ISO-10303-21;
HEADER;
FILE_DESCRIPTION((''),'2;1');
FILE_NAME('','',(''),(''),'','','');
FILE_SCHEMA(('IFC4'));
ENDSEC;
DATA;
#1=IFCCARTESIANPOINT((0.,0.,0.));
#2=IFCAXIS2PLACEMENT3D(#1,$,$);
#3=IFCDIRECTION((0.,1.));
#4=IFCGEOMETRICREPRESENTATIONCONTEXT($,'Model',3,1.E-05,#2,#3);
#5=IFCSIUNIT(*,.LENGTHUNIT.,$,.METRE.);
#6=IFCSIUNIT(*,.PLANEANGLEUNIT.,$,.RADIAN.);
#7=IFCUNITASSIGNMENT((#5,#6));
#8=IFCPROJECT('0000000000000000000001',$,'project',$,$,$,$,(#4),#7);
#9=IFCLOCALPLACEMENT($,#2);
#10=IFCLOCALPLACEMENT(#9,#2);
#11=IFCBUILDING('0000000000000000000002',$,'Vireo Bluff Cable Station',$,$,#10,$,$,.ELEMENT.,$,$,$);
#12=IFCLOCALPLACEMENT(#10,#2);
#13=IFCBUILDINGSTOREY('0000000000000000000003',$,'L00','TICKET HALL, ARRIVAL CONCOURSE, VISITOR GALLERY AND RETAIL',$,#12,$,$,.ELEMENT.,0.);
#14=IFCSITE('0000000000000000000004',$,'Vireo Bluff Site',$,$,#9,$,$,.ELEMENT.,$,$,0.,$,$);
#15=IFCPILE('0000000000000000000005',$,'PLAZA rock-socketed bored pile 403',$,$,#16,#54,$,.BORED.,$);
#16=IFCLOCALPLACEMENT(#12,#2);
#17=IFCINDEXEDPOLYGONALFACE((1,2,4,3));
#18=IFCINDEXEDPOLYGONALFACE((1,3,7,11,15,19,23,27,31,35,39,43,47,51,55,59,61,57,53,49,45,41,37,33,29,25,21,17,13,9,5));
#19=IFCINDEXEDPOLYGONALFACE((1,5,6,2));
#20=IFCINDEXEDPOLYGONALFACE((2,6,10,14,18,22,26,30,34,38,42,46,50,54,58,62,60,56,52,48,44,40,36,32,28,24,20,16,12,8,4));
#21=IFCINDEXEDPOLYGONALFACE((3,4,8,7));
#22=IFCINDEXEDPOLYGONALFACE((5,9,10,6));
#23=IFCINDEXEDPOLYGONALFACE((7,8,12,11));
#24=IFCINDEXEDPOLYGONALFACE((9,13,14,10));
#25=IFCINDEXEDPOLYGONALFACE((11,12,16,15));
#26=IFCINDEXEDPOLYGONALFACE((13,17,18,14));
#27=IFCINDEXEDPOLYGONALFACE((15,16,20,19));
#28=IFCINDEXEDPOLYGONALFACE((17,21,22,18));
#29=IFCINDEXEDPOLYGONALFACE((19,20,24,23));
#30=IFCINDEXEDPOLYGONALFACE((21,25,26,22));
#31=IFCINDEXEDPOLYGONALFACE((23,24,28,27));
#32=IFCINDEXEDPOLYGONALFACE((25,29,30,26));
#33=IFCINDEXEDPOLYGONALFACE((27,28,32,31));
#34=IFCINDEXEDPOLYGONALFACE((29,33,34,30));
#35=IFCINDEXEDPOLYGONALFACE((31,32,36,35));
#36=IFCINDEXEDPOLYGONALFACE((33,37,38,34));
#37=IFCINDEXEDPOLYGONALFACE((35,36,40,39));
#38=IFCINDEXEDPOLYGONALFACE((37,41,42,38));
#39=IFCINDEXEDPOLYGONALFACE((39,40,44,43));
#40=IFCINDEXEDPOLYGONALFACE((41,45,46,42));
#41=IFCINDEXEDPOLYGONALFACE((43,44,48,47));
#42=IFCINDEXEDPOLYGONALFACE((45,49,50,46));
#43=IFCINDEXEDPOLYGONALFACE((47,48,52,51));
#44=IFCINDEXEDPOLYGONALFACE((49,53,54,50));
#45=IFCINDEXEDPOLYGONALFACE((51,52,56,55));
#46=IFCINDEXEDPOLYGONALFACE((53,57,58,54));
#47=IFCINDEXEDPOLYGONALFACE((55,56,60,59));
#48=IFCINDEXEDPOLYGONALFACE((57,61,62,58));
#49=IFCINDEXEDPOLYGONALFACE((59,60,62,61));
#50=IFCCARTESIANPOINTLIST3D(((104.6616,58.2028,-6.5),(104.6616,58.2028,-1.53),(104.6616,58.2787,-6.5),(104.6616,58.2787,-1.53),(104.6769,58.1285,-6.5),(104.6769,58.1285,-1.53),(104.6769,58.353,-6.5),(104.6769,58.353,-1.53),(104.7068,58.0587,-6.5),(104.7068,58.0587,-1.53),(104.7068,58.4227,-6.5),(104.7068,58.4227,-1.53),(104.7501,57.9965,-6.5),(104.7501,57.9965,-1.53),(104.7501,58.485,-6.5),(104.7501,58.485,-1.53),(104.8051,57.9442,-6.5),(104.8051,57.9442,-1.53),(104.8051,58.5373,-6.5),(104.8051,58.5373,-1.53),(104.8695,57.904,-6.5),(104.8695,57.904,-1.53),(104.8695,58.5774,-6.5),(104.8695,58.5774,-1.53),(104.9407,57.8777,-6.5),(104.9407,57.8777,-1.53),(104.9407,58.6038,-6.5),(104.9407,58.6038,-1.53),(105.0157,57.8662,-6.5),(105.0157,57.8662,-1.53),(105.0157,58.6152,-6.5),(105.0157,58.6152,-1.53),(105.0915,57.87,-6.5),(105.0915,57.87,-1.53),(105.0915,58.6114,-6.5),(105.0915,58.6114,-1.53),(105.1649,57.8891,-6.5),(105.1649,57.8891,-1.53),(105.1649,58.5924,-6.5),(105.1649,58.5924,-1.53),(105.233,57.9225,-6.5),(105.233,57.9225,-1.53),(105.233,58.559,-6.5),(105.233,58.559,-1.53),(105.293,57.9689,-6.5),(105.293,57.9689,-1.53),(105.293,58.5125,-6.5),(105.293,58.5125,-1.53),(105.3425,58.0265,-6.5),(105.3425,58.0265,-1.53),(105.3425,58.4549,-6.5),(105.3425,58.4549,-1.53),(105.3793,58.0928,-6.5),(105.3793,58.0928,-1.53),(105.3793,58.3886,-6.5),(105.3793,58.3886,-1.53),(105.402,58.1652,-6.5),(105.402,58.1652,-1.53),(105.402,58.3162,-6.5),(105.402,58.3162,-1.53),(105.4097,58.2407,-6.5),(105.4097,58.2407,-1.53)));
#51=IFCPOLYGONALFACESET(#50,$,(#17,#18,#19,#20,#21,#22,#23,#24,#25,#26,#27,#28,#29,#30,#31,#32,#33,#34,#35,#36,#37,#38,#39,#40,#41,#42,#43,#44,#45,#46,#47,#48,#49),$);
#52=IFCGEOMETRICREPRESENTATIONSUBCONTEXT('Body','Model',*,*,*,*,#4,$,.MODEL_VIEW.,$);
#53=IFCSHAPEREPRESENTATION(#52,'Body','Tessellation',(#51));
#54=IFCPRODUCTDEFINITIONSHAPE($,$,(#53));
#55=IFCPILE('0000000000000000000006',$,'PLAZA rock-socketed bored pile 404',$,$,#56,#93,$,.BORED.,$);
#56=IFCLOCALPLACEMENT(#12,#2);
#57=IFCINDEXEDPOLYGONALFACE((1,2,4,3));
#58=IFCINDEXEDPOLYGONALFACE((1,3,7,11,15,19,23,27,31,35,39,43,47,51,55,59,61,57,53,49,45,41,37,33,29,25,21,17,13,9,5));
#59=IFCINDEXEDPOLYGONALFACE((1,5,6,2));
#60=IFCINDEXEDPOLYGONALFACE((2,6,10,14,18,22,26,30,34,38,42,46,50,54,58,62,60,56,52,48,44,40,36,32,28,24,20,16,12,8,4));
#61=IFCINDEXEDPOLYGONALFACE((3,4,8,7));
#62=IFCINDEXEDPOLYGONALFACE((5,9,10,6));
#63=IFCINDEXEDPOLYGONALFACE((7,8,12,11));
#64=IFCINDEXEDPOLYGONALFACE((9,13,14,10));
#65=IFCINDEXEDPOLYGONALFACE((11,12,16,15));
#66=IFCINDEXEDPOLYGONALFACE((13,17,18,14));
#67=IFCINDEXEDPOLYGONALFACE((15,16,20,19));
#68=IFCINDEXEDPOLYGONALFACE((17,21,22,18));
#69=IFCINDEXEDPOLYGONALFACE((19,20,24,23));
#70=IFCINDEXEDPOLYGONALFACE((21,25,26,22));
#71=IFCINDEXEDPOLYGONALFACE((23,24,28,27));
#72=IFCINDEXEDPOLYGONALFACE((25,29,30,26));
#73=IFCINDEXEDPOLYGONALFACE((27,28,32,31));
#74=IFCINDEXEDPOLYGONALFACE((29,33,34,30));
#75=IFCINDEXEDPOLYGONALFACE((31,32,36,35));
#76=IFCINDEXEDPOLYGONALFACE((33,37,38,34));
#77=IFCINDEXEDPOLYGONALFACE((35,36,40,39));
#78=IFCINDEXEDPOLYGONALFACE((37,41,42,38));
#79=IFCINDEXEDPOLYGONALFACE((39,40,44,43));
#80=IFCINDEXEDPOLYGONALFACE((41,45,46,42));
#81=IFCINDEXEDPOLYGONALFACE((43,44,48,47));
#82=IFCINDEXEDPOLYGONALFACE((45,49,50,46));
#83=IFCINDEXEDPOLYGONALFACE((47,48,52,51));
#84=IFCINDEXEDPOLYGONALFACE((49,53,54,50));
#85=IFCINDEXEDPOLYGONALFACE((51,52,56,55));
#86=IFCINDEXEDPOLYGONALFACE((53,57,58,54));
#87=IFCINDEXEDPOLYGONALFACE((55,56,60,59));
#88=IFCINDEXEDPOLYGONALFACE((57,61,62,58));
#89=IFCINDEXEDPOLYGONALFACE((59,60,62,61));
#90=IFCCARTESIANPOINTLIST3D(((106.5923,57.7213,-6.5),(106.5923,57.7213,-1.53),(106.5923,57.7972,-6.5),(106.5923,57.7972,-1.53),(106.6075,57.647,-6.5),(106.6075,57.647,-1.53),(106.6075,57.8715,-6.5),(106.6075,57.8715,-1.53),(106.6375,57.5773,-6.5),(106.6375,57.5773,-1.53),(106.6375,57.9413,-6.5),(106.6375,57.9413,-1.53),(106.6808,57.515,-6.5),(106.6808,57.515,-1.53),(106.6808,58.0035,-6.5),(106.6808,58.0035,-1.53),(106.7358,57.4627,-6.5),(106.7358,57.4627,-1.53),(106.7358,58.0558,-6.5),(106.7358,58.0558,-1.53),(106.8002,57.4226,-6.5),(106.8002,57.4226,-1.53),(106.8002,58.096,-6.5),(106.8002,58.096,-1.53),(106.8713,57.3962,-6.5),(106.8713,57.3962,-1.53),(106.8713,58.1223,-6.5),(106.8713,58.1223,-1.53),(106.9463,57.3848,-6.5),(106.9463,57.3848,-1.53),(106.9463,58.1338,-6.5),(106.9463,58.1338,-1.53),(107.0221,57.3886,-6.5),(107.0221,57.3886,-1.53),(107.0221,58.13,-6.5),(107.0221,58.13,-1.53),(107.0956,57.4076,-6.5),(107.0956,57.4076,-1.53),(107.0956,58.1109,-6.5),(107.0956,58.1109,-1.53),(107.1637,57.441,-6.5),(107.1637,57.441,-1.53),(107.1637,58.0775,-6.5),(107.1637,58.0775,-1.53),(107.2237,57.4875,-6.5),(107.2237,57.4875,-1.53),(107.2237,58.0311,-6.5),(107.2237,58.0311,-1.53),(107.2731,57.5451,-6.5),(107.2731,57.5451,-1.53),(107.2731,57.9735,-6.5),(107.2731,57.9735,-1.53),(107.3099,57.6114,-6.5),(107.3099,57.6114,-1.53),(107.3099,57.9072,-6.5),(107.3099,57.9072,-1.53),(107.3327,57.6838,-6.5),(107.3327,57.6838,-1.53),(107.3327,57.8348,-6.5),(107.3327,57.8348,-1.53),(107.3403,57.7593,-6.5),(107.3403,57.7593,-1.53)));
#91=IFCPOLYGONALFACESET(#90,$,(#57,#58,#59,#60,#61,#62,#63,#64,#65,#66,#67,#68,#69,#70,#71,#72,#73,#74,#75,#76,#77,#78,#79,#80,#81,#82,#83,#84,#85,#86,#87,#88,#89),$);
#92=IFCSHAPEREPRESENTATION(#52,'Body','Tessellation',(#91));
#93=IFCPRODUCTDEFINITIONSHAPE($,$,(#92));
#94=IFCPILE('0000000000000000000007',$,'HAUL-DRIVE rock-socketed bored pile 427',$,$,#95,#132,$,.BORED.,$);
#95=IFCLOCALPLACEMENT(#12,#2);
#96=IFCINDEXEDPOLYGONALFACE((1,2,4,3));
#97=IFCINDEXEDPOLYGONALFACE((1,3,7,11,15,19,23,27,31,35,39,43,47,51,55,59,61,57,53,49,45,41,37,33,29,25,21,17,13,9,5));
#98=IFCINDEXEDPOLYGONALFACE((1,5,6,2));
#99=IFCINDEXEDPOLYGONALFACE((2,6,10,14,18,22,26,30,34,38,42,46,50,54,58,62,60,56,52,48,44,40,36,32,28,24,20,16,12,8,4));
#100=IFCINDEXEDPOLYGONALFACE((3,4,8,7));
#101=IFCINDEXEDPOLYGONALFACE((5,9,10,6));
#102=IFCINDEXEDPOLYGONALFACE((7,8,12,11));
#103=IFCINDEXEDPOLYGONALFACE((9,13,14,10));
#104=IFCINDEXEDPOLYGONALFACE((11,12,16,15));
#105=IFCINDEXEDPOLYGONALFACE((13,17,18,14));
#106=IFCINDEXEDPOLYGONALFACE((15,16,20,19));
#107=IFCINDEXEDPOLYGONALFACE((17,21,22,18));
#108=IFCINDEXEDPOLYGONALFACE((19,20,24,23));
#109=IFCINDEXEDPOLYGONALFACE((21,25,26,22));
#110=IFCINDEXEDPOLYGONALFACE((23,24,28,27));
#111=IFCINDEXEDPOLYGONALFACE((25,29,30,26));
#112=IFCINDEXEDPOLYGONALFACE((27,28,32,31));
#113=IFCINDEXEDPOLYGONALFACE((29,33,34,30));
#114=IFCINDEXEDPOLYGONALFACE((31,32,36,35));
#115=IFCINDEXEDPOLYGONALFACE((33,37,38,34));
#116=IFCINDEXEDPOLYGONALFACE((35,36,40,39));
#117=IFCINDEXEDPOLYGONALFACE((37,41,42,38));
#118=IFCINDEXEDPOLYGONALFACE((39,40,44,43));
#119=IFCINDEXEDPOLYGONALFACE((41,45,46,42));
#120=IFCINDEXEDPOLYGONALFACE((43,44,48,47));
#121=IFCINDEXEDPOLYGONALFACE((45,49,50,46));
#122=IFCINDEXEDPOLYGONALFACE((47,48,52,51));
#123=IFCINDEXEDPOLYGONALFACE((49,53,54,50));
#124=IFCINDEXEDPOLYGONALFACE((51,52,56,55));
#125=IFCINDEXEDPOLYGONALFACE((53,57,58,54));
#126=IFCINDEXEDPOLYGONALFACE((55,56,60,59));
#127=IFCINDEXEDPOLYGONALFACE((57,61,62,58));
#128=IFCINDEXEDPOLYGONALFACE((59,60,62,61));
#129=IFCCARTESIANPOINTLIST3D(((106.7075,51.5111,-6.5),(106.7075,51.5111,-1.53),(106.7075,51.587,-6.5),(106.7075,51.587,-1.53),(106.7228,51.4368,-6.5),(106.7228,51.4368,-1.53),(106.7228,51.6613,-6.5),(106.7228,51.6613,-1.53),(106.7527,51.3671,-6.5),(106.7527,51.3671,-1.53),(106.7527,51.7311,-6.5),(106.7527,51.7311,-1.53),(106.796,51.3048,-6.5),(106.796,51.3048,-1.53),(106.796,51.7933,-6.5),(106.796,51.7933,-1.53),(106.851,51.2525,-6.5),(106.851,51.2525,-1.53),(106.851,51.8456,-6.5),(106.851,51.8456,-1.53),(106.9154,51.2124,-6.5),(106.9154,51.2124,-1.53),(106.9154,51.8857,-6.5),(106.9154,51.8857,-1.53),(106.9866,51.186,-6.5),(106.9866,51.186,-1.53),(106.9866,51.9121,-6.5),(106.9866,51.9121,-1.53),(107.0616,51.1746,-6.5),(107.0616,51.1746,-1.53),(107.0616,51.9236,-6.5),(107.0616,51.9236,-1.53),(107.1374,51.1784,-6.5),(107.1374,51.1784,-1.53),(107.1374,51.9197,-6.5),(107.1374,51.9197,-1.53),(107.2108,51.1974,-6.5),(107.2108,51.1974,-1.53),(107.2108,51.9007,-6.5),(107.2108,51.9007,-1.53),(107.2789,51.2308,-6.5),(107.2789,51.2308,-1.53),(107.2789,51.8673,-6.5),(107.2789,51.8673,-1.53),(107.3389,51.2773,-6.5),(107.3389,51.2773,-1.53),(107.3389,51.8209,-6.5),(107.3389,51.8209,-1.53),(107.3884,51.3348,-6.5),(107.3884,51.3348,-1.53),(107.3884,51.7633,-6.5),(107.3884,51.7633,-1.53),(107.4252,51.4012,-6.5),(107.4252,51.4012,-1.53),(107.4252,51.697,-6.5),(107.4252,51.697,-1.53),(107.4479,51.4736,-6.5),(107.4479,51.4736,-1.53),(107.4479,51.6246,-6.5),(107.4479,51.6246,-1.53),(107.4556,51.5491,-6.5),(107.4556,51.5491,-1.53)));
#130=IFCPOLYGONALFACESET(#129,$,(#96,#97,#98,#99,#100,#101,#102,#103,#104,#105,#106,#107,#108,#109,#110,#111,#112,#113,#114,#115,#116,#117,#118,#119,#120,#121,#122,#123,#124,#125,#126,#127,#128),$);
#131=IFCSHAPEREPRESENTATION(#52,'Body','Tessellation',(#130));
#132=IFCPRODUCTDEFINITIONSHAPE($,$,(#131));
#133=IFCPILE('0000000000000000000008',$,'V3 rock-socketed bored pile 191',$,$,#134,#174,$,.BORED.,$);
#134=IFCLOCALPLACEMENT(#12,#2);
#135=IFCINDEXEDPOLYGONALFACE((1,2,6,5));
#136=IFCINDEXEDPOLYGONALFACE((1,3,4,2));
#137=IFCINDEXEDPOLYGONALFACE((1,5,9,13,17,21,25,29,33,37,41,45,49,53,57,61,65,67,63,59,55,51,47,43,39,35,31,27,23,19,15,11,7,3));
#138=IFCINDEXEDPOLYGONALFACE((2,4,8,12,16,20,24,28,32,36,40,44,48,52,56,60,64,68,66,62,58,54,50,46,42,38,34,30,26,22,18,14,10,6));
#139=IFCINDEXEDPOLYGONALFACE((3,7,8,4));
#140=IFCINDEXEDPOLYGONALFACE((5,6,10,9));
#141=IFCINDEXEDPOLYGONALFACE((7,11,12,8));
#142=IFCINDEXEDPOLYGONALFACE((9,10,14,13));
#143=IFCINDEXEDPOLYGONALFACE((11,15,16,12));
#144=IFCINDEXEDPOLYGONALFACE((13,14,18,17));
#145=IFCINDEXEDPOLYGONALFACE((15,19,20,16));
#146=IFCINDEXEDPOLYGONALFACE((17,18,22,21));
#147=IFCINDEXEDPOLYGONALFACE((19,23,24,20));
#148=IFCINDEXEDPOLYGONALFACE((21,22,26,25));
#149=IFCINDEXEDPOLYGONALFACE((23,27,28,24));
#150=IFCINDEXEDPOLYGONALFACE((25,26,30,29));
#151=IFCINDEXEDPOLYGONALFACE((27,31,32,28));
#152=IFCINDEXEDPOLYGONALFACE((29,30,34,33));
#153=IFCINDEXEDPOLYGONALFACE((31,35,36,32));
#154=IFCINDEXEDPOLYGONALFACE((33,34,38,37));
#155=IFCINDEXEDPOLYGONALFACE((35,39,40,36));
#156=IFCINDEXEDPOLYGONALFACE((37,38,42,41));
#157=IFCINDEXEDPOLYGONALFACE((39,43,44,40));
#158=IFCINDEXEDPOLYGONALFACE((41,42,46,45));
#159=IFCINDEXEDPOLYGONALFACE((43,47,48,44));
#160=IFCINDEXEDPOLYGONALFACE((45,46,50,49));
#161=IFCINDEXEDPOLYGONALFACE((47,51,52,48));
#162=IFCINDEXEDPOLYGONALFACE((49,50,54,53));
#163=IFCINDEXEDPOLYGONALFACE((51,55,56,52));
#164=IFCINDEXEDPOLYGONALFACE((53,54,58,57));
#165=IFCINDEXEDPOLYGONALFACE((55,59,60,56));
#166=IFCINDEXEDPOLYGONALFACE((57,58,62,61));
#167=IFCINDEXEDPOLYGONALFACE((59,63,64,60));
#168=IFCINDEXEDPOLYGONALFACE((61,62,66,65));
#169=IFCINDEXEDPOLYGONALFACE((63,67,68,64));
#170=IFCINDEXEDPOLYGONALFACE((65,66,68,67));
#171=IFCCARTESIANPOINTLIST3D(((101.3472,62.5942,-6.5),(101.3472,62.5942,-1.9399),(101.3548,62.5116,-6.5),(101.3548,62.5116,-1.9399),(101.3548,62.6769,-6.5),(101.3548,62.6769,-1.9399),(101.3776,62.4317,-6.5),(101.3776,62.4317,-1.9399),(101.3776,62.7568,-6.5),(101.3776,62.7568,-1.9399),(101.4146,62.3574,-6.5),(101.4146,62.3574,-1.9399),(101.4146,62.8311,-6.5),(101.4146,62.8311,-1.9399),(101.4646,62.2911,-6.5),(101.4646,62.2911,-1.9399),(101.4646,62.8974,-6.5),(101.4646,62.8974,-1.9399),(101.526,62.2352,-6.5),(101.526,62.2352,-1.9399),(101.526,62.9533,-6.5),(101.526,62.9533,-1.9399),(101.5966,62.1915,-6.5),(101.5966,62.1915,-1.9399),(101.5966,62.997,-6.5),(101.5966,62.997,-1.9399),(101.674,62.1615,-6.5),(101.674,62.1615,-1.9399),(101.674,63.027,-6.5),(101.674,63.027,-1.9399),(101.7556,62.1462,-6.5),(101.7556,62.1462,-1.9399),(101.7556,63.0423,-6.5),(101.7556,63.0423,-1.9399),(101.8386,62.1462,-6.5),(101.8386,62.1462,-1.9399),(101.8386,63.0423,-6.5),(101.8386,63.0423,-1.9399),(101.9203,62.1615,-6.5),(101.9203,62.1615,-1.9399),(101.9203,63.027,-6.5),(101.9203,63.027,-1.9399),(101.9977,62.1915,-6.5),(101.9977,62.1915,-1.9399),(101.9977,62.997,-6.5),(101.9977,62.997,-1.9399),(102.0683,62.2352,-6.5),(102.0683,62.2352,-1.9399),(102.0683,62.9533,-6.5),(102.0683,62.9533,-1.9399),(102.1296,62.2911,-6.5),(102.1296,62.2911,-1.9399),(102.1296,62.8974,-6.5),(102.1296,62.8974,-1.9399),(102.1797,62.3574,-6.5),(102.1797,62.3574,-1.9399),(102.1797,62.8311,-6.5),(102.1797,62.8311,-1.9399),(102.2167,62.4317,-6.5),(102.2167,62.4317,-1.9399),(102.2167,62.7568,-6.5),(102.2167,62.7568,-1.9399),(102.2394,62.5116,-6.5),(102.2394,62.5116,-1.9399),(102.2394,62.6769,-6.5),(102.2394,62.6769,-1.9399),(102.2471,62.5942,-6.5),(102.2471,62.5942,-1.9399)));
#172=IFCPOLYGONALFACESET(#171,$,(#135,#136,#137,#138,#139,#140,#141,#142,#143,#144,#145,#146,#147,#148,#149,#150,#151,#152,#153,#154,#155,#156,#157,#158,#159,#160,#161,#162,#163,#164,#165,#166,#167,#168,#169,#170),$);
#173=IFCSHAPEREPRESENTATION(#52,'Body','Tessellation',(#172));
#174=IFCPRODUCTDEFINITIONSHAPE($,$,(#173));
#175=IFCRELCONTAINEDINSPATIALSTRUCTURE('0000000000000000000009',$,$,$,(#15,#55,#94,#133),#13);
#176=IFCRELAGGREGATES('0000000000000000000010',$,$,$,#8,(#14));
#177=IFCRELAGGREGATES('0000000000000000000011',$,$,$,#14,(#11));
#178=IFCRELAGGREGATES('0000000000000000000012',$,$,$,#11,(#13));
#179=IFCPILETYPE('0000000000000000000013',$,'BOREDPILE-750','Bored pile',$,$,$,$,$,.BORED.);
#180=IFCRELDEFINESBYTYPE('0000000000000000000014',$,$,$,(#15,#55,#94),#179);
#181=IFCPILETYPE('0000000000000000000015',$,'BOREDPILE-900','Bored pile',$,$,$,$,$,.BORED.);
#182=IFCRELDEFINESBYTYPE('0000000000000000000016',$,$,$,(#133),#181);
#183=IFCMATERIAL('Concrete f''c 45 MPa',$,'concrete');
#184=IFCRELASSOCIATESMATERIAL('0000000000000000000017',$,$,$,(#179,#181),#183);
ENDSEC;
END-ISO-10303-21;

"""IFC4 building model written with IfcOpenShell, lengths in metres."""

from ifc_helpers import new_model, si_unit, direction, frame, origin, origin_2d, place, context, subcontext, project, spatial, circle, extrude, material, material_profile, profile_set, type_object, element, save


model = new_model("IFC4")

# Units and contexts
model_context = context("Model", 3, precision=1e-05, world=origin(), true_north=direction((0.0, 1.0)))
body_context = subcontext(model_context, "Body", "Model", "MODEL_VIEW")
ifc_project = project(units=[si_unit("LENGTHUNIT", "METRE"), si_unit("PLANEANGLEUNIT", "RADIAN")], contexts=[model_context])

# Site, building, storey
site_placement = place(None, origin())
site = spatial("IfcSite", under=ifc_project, at=site_placement, Name="Vireo Bluff Site", CompositionType="ELEMENT", RefElevation=0.0)
building_placement = place(site_placement, origin())
building = spatial("IfcBuilding", under=site, at=building_placement, Name="Vireo Bluff Cable Station", CompositionType="ELEMENT")
storey_placement = place(building_placement, origin())
storey = spatial("IfcBuildingStorey", under=building, at=storey_placement, Name="L00", Description="TICKET HALL, ARRIVAL CONCOURSE, VISITOR GALLERY AND RETAIL", CompositionType="ELEMENT", Elevation=0.0)

# Piles
ifc_material_1 = material(Name="Concrete f'c 45 MPa", Category="concrete")
ifc_material_profile_1 = material_profile(ifc_material_1, circle(Radius=0.375, at=origin_2d()), Name="BOREDPILE-750")
ifc_profile_set_1 = profile_set([ifc_material_profile_1], Name="Concrete f'c 45 MPa")
pile_type_1 = type_object("IfcPileType", Name="BOREDPILE-750", Description="Bored pile", PredefinedType="BORED", material=ifc_profile_set_1)
for number, where, z_axis, x_axis, name in (
    (1, (105.0347, 58.2407, -1.53), (0.0, 0.0, -1.0), (1.0, 0.0, 0.0), "PLAZA rock-socketed bored pile 403"),
    (2, (106.9653, 57.7593, -1.53), (0.0, 0.0, -1.0), (1.0, 0.0, 0.0), "PLAZA rock-socketed bored pile 404"),
    (3, (107.0806, 51.5491, -1.53), (0.0, 0.0, -1.0), (1.0, 0.0, 0.0), "HAUL-DRIVE rock-socketed bored pile 427"),
):
    element("IfcPile", number, at=place(storey_placement, frame(where, z_axis=z_axis, x_axis=x_axis)), inside=storey, type_object=pile_type_1, Name=name, PredefinedType="BORED", context=body_context, shape_type="SweptSolid", body=[
        extrude(circle(Radius=0.375, at=origin_2d()), origin(), (0.0, 0.0, 1.0), 4.97),
    ])
ifc_material_profile_2 = material_profile(ifc_material_1, circle(Radius=0.45, at=origin_2d()), Name="BOREDPILE-900")
ifc_profile_set_2 = profile_set([ifc_material_profile_2], Name="Concrete f'c 45 MPa")
pile_type_2 = type_object("IfcPileType", Name="BOREDPILE-900", Description="Bored pile", PredefinedType="BORED", material=ifc_profile_set_2)
for number, where, z_axis, x_axis, name in (
    (4, (101.7971, 62.5942, -1.9399), (0.0, 0.0, -1.0), (1.0, 0.0, 0.0), "V3 rock-socketed bored pile 191"),
):
    element("IfcPile", number, at=place(storey_placement, frame(where, z_axis=z_axis, x_axis=x_axis)), inside=storey, type_object=pile_type_2, Name=name, PredefinedType="BORED", context=body_context, shape_type="SweptSolid", body=[
        extrude(circle(Radius=0.45, at=origin_2d()), origin(), (0.0, 0.0, 1.0), 4.5601),
    ])

save(model, "model.ifc")
